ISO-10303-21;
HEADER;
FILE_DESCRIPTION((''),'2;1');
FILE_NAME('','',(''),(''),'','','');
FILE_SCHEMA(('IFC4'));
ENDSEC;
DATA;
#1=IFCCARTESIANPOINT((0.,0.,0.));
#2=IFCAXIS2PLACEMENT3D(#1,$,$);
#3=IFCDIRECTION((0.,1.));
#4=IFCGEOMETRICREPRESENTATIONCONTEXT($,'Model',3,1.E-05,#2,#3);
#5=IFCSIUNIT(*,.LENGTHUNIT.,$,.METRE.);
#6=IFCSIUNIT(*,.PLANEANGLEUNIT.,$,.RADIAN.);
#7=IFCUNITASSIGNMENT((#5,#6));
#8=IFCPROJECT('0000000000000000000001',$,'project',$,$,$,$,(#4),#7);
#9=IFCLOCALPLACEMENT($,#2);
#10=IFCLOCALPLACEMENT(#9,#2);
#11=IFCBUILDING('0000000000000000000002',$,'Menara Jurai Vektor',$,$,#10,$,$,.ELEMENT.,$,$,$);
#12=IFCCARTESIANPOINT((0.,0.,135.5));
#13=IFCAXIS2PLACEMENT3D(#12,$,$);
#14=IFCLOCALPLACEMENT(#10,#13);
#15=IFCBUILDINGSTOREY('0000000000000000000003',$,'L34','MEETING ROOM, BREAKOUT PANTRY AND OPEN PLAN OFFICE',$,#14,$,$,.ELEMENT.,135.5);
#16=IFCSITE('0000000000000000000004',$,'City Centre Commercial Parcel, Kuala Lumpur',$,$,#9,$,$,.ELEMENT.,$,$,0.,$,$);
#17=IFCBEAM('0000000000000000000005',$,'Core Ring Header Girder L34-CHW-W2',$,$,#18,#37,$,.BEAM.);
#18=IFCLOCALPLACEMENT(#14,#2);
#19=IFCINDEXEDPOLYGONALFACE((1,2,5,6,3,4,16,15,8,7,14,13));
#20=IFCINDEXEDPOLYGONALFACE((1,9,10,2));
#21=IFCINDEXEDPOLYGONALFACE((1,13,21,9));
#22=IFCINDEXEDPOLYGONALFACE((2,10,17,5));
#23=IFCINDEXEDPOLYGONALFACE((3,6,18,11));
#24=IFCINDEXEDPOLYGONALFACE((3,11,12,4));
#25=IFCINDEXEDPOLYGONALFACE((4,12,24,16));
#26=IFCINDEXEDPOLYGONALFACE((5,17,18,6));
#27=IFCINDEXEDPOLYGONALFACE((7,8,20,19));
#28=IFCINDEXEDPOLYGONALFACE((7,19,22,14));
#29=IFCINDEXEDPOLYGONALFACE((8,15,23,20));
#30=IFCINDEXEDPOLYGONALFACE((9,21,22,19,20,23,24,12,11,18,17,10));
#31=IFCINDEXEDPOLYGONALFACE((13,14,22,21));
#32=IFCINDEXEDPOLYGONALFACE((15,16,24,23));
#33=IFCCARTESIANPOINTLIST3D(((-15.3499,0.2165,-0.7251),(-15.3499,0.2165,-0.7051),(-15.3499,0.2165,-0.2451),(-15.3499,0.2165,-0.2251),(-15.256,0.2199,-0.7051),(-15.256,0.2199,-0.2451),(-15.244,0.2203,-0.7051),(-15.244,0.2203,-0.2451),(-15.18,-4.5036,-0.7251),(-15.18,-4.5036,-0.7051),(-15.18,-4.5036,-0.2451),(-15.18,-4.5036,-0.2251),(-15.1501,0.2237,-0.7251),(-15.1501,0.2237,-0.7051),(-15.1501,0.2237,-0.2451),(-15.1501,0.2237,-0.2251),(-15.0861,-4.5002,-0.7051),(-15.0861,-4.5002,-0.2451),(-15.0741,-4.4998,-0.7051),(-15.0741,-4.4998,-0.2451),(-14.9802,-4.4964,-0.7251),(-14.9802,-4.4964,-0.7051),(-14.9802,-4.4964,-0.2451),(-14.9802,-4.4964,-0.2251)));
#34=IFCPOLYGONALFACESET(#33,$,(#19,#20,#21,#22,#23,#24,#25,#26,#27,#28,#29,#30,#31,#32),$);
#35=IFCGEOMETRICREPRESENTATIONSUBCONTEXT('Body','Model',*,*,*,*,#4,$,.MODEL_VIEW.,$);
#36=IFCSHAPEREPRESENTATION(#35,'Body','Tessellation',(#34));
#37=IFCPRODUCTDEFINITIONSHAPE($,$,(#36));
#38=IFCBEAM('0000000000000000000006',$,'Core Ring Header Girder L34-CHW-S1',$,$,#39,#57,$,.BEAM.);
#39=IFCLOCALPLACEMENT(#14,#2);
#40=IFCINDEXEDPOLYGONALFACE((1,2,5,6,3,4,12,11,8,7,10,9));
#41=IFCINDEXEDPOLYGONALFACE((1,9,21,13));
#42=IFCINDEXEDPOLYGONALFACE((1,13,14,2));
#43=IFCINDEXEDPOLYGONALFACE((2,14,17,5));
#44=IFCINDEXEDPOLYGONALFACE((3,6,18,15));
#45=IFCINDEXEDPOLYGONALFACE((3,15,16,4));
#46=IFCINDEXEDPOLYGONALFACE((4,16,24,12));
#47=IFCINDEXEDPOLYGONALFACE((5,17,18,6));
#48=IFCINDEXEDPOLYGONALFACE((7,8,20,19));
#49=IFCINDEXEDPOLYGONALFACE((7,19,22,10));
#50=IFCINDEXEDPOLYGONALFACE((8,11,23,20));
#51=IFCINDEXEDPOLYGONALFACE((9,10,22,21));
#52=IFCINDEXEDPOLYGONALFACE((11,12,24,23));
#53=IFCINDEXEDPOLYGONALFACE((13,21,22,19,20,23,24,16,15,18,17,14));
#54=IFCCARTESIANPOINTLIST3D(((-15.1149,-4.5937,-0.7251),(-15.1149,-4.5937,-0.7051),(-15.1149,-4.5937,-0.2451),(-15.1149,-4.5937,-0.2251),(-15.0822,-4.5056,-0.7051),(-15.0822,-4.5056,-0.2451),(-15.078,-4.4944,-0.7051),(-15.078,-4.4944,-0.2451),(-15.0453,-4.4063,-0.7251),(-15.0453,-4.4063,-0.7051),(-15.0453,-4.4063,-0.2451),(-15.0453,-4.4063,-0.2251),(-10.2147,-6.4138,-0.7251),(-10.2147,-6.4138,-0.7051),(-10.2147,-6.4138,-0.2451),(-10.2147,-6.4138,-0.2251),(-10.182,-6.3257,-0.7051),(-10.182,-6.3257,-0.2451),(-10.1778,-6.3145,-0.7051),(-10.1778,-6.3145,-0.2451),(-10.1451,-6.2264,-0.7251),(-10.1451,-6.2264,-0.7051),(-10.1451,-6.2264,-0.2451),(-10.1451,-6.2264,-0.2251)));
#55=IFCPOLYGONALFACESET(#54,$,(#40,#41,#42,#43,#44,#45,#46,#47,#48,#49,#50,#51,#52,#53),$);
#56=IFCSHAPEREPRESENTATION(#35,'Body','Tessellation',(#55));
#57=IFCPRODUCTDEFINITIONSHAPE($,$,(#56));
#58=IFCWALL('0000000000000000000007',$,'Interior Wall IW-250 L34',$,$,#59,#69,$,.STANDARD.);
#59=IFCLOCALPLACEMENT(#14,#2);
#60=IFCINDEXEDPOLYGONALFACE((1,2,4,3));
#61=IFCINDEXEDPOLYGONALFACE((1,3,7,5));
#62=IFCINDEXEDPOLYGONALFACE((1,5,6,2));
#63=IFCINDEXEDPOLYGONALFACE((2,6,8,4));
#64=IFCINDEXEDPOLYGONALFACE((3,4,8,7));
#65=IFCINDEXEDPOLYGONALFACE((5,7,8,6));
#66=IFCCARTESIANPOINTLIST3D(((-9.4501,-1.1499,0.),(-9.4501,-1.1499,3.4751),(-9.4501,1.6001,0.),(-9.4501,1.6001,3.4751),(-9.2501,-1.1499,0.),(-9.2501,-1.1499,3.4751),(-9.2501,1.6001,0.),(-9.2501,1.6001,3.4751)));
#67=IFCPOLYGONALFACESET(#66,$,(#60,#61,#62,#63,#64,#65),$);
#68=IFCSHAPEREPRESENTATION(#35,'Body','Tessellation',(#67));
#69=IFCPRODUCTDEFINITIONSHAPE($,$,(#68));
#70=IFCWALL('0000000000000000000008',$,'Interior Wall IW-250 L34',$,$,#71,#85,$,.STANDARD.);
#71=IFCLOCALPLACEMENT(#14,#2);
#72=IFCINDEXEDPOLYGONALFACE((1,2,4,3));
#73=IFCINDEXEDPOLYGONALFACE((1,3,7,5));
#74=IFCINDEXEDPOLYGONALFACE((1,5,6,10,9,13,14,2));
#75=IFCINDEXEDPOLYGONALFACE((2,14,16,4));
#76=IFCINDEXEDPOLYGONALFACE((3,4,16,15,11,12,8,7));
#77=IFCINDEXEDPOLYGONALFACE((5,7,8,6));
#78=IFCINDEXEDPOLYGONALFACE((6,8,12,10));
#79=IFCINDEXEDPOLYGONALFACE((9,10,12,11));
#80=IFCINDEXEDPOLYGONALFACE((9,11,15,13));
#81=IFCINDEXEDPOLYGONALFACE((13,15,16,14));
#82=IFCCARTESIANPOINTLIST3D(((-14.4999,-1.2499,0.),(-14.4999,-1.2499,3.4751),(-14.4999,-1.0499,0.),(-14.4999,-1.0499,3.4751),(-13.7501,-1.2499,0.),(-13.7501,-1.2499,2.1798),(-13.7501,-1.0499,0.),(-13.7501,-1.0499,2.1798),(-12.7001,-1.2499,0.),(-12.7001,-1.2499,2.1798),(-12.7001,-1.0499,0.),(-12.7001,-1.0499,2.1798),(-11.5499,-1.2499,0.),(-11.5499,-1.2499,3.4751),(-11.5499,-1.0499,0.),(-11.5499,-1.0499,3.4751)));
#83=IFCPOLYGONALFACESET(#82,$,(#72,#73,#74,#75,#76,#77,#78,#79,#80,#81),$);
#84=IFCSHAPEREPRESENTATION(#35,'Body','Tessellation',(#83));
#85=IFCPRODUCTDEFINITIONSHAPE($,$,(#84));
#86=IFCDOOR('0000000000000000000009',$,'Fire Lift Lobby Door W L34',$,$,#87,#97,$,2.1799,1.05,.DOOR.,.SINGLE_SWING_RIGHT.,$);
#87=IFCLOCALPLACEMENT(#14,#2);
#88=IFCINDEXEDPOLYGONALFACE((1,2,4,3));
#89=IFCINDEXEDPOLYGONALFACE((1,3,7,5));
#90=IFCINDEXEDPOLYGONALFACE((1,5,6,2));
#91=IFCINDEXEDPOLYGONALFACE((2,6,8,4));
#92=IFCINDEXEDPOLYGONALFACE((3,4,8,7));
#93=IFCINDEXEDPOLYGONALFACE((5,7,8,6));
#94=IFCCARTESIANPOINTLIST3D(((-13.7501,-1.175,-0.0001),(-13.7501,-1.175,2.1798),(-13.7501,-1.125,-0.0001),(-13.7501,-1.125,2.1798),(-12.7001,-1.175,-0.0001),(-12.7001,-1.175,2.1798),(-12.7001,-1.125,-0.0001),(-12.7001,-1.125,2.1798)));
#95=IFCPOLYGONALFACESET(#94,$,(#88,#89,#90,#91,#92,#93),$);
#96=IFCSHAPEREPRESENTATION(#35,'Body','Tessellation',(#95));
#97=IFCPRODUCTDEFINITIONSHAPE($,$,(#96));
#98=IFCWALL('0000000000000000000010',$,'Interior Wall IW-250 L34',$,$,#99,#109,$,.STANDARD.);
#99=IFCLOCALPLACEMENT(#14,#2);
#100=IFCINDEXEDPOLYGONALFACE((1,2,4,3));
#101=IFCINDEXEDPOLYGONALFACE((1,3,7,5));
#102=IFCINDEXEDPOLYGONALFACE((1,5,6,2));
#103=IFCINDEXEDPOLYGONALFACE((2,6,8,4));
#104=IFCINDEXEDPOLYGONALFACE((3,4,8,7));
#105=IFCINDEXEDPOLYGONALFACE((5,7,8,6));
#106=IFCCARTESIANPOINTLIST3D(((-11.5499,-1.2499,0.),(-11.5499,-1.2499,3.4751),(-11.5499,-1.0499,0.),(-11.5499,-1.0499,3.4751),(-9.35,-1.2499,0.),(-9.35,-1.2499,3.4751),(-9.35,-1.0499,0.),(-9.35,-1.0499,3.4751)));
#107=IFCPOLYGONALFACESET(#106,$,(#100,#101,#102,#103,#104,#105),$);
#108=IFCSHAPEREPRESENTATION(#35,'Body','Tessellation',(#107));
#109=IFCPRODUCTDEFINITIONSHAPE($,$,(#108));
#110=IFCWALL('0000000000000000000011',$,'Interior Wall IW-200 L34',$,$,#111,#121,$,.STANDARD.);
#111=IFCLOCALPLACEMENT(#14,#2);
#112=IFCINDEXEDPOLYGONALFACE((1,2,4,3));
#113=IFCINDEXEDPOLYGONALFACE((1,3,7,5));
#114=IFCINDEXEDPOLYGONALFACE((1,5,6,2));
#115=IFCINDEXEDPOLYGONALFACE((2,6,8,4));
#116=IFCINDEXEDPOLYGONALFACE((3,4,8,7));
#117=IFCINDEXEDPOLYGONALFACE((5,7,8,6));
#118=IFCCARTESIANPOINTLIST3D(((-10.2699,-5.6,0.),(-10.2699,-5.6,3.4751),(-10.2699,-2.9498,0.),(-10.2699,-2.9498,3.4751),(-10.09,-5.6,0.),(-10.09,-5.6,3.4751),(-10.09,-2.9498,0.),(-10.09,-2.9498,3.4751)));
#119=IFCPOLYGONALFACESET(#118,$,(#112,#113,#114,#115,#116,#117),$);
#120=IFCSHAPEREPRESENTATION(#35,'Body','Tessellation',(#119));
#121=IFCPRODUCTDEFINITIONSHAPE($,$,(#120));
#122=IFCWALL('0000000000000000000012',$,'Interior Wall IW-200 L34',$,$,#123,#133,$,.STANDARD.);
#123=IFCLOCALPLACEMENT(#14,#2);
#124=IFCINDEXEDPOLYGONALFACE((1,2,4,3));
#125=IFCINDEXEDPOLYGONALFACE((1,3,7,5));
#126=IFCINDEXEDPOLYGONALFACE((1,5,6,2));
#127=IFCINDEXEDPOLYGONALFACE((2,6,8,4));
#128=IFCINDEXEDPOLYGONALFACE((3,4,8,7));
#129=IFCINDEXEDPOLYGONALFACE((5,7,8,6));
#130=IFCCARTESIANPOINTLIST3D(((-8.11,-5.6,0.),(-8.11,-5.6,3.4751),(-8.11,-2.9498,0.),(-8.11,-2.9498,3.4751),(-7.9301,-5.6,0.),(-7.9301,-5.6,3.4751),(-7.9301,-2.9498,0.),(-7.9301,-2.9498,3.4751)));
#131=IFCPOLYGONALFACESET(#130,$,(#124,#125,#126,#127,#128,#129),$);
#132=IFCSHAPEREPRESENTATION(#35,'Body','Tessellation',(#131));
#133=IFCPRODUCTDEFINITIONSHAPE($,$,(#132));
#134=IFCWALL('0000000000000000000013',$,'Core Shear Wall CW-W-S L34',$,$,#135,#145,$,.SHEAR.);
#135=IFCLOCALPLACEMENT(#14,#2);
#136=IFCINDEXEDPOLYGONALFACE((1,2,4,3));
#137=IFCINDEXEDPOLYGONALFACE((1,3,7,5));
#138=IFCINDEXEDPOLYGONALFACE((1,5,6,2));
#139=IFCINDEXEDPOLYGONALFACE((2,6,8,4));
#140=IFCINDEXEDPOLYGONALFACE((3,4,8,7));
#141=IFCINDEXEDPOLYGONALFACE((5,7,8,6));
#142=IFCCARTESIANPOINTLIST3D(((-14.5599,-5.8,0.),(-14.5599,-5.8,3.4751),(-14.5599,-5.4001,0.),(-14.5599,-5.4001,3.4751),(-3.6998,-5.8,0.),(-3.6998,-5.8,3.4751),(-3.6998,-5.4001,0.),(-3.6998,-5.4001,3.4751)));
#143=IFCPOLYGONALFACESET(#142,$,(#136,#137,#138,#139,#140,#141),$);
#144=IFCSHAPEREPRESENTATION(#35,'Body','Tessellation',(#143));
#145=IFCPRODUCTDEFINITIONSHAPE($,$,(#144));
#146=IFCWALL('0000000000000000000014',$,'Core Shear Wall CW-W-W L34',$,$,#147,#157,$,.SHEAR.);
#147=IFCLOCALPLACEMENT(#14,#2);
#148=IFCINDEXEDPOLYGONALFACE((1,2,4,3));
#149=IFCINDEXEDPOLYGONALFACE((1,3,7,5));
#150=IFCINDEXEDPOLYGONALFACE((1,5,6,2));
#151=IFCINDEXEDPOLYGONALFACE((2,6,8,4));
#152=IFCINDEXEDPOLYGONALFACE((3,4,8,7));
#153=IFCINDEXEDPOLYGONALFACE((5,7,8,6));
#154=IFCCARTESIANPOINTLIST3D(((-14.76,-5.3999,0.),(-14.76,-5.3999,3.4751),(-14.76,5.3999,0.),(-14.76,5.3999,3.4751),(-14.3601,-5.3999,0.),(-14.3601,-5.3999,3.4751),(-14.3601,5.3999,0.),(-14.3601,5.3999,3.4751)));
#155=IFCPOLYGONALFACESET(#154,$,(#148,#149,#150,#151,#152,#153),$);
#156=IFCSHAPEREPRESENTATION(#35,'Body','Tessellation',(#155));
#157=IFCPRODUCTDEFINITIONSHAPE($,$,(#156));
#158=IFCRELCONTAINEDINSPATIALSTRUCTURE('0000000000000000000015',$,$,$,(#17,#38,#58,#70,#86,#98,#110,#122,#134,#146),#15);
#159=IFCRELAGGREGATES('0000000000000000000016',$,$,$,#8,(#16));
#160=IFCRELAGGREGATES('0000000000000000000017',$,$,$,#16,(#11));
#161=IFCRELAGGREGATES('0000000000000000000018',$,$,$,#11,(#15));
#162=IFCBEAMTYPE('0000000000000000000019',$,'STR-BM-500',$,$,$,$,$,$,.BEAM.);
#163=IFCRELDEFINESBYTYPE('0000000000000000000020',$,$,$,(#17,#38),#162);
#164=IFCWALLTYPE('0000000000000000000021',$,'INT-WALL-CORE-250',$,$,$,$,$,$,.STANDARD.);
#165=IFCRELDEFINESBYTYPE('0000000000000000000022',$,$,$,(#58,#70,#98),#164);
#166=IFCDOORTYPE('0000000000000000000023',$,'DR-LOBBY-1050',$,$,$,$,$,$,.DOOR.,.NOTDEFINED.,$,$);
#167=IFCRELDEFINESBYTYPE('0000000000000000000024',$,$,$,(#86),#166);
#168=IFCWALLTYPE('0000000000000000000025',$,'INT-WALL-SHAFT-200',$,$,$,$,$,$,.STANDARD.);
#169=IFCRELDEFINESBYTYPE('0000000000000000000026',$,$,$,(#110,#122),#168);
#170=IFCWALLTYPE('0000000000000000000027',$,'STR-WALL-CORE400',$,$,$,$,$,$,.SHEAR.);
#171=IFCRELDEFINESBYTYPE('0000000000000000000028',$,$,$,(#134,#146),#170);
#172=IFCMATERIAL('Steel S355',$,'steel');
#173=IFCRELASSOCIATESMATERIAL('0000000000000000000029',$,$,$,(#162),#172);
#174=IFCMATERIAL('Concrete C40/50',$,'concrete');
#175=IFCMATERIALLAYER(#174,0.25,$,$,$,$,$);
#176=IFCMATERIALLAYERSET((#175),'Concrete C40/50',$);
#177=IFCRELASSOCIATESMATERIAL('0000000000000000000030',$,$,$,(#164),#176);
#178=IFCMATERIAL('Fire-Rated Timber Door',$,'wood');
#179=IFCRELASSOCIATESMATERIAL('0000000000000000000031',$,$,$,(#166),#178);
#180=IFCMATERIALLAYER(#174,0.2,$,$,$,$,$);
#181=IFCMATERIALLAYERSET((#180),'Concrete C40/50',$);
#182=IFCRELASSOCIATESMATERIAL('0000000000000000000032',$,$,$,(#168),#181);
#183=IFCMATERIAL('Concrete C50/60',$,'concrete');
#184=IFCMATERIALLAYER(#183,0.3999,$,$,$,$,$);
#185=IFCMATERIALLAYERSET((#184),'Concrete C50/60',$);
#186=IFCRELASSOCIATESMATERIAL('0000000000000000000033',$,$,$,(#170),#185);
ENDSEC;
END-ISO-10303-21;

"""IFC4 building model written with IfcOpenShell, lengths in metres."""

from ifc_helpers import new_model, si_unit, direction, frame, frame_2d, origin, origin_2d, place, context, subcontext, project, spatial, rectangle, i_section, extrude, material, layer, layer_set, material_profile, profile_set, type_object, element, fill, save


model = new_model("IFC4")

# Units and contexts
model_context = context("Model", 3, precision=1e-05, world=origin(), true_north=direction((0.0, 1.0)))
body_context = subcontext(model_context, "Body", "Model", "MODEL_VIEW")
ifc_project = project(units=[si_unit("LENGTHUNIT", "METRE"), si_unit("PLANEANGLEUNIT", "RADIAN")], contexts=[model_context])

# Site, building, storey
site_placement = place(None, origin())
site = spatial("IfcSite", under=ifc_project, at=site_placement, Name="City Centre Commercial Parcel, Kuala Lumpur", CompositionType="ELEMENT", RefElevation=0.0)
building_placement = place(site_placement, origin())
building = spatial("IfcBuilding", under=site, at=building_placement, Name="Menara Jurai Vektor", CompositionType="ELEMENT")
storey_placement = place(building_placement, frame((0.0, 0.0, 135.5)))
storey = spatial("IfcBuildingStorey", under=building, at=storey_placement, Name="L34", Description="MEETING ROOM, BREAKOUT PANTRY AND OPEN PLAN OFFICE", CompositionType="ELEMENT", Elevation=135.5)

# Beams
ifc_material_1 = material(Name="Steel S355", Category="steel")
ifc_material_profile = material_profile(ifc_material_1, i_section(OverallWidth=0.2, OverallDepth=0.5, WebThickness=0.012, FlangeThickness=0.02, at=origin_2d()), Name="PG 500x200x96")
ifc_profile_set = profile_set([ifc_material_profile], Name="Steel S355")
beam_type = type_object("IfcBeamType", Name="STR-BM-500", PredefinedType="BEAM", material=ifc_profile_set)
beam_1_placement = place(storey_placement, frame((-15.0801, -4.5, -0.4751), z_axis=(-0.035977, 0.999353, 0.0), x_axis=(-0.999353, -0.035977, 0.0)))
element("IfcBeam", 1, at=beam_1_placement, inside=storey, type_object=beam_type, Name="Core Ring Header Girder L34-CHW-W2", PredefinedType="BEAM", context=body_context, shape_type="SweptSolid", body=[
    extrude(i_section(OverallWidth=0.2, OverallDepth=0.5, WebThickness=0.012, FlangeThickness=0.02, at=origin_2d()), origin(), (0.0, 0.0, 1.0), 4.7231),
])
beam_2_placement = place(storey_placement, frame((-15.0801, -4.5, -0.4751), z_axis=(0.937424, -0.348189, 0.0), x_axis=(0.348189, 0.937424, 0.0)))
element("IfcBeam", 2, at=beam_2_placement, inside=storey, type_object=beam_type, Name="Core Ring Header Girder L34-CHW-S1", PredefinedType="BEAM", context=body_context, shape_type="SweptSolid", body=[
    extrude(i_section(OverallWidth=0.2, OverallDepth=0.5, WebThickness=0.012, FlangeThickness=0.02, at=origin_2d()), origin(), (0.0, 0.0, 1.0), 5.2273),
])

# Shared definitions
ifc_material_2 = material(Name="Concrete C40/50", Category="concrete")
ifc_layer_1 = layer(ifc_material_2, 0.25)
ifc_layer_set_1 = layer_set([ifc_layer_1], Name="Concrete C40/50")
wall_type_1 = type_object("IfcWallType", Name="INT-WALL-CORE-250", PredefinedType="STANDARD", material=ifc_layer_set_1)

# Wall
wall_1_placement = place(storey_placement, frame((-9.3501, -1.1499, 0.0), z_axis=(0.0, 0.0, 1.0), x_axis=(0.0, 1.0, 0.0)))
element("IfcWall", 3, at=wall_1_placement, inside=storey, type_object=wall_type_1, Name="Interior Wall IW-250 L34", PredefinedType="STANDARD", context=body_context, shape_type="SweptSolid", body=[
    extrude(rectangle(XDim=2.75, YDim=0.2, at=frame_2d((1.375, 0.0))), origin(), (0.0, 0.0, 1.0), 3.4751),
])

# Wall, opening, door
wall_2_placement = place(storey_placement, frame((-14.5, -1.1499, 0.0), z_axis=(0.0, 0.0, 1.0), x_axis=(1.0, 0.0, 0.0)))
wall_2 = element("IfcWall", 4, at=wall_2_placement, inside=storey, type_object=wall_type_1, Name="Interior Wall IW-250 L34", PredefinedType="STANDARD", context=body_context, shape_type="SweptSolid", body=[
    extrude(rectangle(XDim=2.95, YDim=0.2, at=frame_2d((1.4751, 0.0))), origin(), (0.0, 0.0, 1.0), 3.4751),
])
opening_1_placement = place(wall_2_placement, frame((0.75, 0.0, 0.0)))
opening_1 = element("IfcOpeningElement", 5, at=opening_1_placement, cuts=wall_2, PredefinedType="OPENING", context=body_context, shape_type="SweptSolid", body=[
    extrude(rectangle(XDim=1.05, YDim=2.1799, at=frame_2d((0.5249, 1.0898))), frame((0.0, 0.1099, 0.0), z_axis=(0.0, -1.0, 0.0), x_axis=(1.0, 0.0, 0.0)), (0.0, 0.0, 1.0), 0.22),
])
ifc_material_3 = material(Name="Fire-Rated Timber Door", Category="wood")
door_type_1 = type_object("IfcDoorType", Name="DR-LOBBY-1050", OperationType="NOTDEFINED", PredefinedType="DOOR", material=ifc_material_3)
door_1_placement = place(opening_1_placement, origin())
door_1 = element("IfcDoor", 6, at=door_1_placement, inside=storey, type_object=door_type_1, Name="Fire Lift Lobby Door W L34", OperationType="SINGLE_SWING_RIGHT", OverallHeight=2.1799, OverallWidth=1.05, PredefinedType="DOOR", context=body_context, shape_type="SweptSolid", body=[
    extrude(rectangle(XDim=1.05, YDim=2.1799, at=frame_2d((0.5249, 1.0898))), frame((0.0, 0.0249, 0.0), z_axis=(0.0, -1.0, 0.0), x_axis=(1.0, 0.0, 0.0)), (0.0, 0.0, 1.0), 0.05),
])
fill(opening_1, door_1)

# Wall
wall_3_placement = place(storey_placement, frame((-11.55, -1.1499, 0.0), z_axis=(0.0, 0.0, 1.0), x_axis=(1.0, 0.0, 0.0)))
element("IfcWall", 7, at=wall_3_placement, inside=storey, type_object=wall_type_1, Name="Interior Wall IW-250 L34", PredefinedType="STANDARD", context=body_context, shape_type="SweptSolid", body=[
    extrude(rectangle(XDim=2.2, YDim=0.2, at=frame_2d((1.1001, 0.0))), origin(), (0.0, 0.0, 1.0), 3.4751),
])

# Shared definitions
ifc_layer_2 = layer(ifc_material_2, 0.2)
ifc_layer_set_2 = layer_set([ifc_layer_2], Name="Concrete C40/50")
wall_type_2 = type_object("IfcWallType", Name="INT-WALL-SHAFT-200", PredefinedType="STANDARD", material=ifc_layer_set_2)

# Walls
for number, where, z_axis, x_axis, name in (
    (8, (-10.1799, -5.6001, 0.0), (0.0, 0.0, 1.0), (0.0, 1.0, 0.0), "Interior Wall IW-200 L34"),
    (9, (-8.02, -5.6001, 0.0), (0.0, 0.0, 1.0), (0.0, 1.0, 0.0), "Interior Wall IW-200 L34"),
):
    element("IfcWall", number, at=place(storey_placement, frame(where, z_axis=z_axis, x_axis=x_axis)), inside=storey, type_object=wall_type_2, Name=name, PredefinedType="STANDARD", context=body_context, shape_type="SweptSolid", body=[
        extrude(rectangle(XDim=2.6501, YDim=0.1799, at=frame_2d((1.3252, 0.0))), origin(), (0.0, 0.0, 1.0), 3.4751),
    ])
ifc_material_4 = material(Name="Concrete C50/60", Category="concrete")
ifc_layer_3 = layer(ifc_material_4, 0.3999)
ifc_layer_set_3 = layer_set([ifc_layer_3], Name="Concrete C50/60")
wall_type_3 = type_object("IfcWallType", Name="STR-WALL-CORE400", PredefinedType="SHEAR", material=ifc_layer_set_3)
wall_4_placement = place(storey_placement, frame((-14.5601, -5.6001, 0.0), z_axis=(0.0, 0.0, 1.0), x_axis=(1.0, 0.0, 0.0)))
element("IfcWall", 10, at=wall_4_placement, inside=storey, type_object=wall_type_3, Name="Core Shear Wall CW-W-S L34", PredefinedType="SHEAR", context=body_context, shape_type="SweptSolid", body=[
    extrude(rectangle(XDim=10.8601, YDim=0.3999, at=frame_2d((5.4302, 0.0))), origin(), (0.0, 0.0, 1.0), 3.4751),
])
wall_5_placement = place(storey_placement, frame((-14.5601, -5.3999, 0.0), z_axis=(0.0, 0.0, 1.0), x_axis=(0.0, 1.0, 0.0)))
element("IfcWall", 11, at=wall_5_placement, inside=storey, type_object=wall_type_3, Name="Core Shear Wall CW-W-W L34", PredefinedType="SHEAR", context=body_context, shape_type="SweptSolid", body=[
    extrude(rectangle(XDim=10.7998, YDim=0.3999, at=frame_2d((5.3999, 0.0))), origin(), (0.0, 0.0, 1.0), 3.4751),
])

save(model, "model.ifc")
